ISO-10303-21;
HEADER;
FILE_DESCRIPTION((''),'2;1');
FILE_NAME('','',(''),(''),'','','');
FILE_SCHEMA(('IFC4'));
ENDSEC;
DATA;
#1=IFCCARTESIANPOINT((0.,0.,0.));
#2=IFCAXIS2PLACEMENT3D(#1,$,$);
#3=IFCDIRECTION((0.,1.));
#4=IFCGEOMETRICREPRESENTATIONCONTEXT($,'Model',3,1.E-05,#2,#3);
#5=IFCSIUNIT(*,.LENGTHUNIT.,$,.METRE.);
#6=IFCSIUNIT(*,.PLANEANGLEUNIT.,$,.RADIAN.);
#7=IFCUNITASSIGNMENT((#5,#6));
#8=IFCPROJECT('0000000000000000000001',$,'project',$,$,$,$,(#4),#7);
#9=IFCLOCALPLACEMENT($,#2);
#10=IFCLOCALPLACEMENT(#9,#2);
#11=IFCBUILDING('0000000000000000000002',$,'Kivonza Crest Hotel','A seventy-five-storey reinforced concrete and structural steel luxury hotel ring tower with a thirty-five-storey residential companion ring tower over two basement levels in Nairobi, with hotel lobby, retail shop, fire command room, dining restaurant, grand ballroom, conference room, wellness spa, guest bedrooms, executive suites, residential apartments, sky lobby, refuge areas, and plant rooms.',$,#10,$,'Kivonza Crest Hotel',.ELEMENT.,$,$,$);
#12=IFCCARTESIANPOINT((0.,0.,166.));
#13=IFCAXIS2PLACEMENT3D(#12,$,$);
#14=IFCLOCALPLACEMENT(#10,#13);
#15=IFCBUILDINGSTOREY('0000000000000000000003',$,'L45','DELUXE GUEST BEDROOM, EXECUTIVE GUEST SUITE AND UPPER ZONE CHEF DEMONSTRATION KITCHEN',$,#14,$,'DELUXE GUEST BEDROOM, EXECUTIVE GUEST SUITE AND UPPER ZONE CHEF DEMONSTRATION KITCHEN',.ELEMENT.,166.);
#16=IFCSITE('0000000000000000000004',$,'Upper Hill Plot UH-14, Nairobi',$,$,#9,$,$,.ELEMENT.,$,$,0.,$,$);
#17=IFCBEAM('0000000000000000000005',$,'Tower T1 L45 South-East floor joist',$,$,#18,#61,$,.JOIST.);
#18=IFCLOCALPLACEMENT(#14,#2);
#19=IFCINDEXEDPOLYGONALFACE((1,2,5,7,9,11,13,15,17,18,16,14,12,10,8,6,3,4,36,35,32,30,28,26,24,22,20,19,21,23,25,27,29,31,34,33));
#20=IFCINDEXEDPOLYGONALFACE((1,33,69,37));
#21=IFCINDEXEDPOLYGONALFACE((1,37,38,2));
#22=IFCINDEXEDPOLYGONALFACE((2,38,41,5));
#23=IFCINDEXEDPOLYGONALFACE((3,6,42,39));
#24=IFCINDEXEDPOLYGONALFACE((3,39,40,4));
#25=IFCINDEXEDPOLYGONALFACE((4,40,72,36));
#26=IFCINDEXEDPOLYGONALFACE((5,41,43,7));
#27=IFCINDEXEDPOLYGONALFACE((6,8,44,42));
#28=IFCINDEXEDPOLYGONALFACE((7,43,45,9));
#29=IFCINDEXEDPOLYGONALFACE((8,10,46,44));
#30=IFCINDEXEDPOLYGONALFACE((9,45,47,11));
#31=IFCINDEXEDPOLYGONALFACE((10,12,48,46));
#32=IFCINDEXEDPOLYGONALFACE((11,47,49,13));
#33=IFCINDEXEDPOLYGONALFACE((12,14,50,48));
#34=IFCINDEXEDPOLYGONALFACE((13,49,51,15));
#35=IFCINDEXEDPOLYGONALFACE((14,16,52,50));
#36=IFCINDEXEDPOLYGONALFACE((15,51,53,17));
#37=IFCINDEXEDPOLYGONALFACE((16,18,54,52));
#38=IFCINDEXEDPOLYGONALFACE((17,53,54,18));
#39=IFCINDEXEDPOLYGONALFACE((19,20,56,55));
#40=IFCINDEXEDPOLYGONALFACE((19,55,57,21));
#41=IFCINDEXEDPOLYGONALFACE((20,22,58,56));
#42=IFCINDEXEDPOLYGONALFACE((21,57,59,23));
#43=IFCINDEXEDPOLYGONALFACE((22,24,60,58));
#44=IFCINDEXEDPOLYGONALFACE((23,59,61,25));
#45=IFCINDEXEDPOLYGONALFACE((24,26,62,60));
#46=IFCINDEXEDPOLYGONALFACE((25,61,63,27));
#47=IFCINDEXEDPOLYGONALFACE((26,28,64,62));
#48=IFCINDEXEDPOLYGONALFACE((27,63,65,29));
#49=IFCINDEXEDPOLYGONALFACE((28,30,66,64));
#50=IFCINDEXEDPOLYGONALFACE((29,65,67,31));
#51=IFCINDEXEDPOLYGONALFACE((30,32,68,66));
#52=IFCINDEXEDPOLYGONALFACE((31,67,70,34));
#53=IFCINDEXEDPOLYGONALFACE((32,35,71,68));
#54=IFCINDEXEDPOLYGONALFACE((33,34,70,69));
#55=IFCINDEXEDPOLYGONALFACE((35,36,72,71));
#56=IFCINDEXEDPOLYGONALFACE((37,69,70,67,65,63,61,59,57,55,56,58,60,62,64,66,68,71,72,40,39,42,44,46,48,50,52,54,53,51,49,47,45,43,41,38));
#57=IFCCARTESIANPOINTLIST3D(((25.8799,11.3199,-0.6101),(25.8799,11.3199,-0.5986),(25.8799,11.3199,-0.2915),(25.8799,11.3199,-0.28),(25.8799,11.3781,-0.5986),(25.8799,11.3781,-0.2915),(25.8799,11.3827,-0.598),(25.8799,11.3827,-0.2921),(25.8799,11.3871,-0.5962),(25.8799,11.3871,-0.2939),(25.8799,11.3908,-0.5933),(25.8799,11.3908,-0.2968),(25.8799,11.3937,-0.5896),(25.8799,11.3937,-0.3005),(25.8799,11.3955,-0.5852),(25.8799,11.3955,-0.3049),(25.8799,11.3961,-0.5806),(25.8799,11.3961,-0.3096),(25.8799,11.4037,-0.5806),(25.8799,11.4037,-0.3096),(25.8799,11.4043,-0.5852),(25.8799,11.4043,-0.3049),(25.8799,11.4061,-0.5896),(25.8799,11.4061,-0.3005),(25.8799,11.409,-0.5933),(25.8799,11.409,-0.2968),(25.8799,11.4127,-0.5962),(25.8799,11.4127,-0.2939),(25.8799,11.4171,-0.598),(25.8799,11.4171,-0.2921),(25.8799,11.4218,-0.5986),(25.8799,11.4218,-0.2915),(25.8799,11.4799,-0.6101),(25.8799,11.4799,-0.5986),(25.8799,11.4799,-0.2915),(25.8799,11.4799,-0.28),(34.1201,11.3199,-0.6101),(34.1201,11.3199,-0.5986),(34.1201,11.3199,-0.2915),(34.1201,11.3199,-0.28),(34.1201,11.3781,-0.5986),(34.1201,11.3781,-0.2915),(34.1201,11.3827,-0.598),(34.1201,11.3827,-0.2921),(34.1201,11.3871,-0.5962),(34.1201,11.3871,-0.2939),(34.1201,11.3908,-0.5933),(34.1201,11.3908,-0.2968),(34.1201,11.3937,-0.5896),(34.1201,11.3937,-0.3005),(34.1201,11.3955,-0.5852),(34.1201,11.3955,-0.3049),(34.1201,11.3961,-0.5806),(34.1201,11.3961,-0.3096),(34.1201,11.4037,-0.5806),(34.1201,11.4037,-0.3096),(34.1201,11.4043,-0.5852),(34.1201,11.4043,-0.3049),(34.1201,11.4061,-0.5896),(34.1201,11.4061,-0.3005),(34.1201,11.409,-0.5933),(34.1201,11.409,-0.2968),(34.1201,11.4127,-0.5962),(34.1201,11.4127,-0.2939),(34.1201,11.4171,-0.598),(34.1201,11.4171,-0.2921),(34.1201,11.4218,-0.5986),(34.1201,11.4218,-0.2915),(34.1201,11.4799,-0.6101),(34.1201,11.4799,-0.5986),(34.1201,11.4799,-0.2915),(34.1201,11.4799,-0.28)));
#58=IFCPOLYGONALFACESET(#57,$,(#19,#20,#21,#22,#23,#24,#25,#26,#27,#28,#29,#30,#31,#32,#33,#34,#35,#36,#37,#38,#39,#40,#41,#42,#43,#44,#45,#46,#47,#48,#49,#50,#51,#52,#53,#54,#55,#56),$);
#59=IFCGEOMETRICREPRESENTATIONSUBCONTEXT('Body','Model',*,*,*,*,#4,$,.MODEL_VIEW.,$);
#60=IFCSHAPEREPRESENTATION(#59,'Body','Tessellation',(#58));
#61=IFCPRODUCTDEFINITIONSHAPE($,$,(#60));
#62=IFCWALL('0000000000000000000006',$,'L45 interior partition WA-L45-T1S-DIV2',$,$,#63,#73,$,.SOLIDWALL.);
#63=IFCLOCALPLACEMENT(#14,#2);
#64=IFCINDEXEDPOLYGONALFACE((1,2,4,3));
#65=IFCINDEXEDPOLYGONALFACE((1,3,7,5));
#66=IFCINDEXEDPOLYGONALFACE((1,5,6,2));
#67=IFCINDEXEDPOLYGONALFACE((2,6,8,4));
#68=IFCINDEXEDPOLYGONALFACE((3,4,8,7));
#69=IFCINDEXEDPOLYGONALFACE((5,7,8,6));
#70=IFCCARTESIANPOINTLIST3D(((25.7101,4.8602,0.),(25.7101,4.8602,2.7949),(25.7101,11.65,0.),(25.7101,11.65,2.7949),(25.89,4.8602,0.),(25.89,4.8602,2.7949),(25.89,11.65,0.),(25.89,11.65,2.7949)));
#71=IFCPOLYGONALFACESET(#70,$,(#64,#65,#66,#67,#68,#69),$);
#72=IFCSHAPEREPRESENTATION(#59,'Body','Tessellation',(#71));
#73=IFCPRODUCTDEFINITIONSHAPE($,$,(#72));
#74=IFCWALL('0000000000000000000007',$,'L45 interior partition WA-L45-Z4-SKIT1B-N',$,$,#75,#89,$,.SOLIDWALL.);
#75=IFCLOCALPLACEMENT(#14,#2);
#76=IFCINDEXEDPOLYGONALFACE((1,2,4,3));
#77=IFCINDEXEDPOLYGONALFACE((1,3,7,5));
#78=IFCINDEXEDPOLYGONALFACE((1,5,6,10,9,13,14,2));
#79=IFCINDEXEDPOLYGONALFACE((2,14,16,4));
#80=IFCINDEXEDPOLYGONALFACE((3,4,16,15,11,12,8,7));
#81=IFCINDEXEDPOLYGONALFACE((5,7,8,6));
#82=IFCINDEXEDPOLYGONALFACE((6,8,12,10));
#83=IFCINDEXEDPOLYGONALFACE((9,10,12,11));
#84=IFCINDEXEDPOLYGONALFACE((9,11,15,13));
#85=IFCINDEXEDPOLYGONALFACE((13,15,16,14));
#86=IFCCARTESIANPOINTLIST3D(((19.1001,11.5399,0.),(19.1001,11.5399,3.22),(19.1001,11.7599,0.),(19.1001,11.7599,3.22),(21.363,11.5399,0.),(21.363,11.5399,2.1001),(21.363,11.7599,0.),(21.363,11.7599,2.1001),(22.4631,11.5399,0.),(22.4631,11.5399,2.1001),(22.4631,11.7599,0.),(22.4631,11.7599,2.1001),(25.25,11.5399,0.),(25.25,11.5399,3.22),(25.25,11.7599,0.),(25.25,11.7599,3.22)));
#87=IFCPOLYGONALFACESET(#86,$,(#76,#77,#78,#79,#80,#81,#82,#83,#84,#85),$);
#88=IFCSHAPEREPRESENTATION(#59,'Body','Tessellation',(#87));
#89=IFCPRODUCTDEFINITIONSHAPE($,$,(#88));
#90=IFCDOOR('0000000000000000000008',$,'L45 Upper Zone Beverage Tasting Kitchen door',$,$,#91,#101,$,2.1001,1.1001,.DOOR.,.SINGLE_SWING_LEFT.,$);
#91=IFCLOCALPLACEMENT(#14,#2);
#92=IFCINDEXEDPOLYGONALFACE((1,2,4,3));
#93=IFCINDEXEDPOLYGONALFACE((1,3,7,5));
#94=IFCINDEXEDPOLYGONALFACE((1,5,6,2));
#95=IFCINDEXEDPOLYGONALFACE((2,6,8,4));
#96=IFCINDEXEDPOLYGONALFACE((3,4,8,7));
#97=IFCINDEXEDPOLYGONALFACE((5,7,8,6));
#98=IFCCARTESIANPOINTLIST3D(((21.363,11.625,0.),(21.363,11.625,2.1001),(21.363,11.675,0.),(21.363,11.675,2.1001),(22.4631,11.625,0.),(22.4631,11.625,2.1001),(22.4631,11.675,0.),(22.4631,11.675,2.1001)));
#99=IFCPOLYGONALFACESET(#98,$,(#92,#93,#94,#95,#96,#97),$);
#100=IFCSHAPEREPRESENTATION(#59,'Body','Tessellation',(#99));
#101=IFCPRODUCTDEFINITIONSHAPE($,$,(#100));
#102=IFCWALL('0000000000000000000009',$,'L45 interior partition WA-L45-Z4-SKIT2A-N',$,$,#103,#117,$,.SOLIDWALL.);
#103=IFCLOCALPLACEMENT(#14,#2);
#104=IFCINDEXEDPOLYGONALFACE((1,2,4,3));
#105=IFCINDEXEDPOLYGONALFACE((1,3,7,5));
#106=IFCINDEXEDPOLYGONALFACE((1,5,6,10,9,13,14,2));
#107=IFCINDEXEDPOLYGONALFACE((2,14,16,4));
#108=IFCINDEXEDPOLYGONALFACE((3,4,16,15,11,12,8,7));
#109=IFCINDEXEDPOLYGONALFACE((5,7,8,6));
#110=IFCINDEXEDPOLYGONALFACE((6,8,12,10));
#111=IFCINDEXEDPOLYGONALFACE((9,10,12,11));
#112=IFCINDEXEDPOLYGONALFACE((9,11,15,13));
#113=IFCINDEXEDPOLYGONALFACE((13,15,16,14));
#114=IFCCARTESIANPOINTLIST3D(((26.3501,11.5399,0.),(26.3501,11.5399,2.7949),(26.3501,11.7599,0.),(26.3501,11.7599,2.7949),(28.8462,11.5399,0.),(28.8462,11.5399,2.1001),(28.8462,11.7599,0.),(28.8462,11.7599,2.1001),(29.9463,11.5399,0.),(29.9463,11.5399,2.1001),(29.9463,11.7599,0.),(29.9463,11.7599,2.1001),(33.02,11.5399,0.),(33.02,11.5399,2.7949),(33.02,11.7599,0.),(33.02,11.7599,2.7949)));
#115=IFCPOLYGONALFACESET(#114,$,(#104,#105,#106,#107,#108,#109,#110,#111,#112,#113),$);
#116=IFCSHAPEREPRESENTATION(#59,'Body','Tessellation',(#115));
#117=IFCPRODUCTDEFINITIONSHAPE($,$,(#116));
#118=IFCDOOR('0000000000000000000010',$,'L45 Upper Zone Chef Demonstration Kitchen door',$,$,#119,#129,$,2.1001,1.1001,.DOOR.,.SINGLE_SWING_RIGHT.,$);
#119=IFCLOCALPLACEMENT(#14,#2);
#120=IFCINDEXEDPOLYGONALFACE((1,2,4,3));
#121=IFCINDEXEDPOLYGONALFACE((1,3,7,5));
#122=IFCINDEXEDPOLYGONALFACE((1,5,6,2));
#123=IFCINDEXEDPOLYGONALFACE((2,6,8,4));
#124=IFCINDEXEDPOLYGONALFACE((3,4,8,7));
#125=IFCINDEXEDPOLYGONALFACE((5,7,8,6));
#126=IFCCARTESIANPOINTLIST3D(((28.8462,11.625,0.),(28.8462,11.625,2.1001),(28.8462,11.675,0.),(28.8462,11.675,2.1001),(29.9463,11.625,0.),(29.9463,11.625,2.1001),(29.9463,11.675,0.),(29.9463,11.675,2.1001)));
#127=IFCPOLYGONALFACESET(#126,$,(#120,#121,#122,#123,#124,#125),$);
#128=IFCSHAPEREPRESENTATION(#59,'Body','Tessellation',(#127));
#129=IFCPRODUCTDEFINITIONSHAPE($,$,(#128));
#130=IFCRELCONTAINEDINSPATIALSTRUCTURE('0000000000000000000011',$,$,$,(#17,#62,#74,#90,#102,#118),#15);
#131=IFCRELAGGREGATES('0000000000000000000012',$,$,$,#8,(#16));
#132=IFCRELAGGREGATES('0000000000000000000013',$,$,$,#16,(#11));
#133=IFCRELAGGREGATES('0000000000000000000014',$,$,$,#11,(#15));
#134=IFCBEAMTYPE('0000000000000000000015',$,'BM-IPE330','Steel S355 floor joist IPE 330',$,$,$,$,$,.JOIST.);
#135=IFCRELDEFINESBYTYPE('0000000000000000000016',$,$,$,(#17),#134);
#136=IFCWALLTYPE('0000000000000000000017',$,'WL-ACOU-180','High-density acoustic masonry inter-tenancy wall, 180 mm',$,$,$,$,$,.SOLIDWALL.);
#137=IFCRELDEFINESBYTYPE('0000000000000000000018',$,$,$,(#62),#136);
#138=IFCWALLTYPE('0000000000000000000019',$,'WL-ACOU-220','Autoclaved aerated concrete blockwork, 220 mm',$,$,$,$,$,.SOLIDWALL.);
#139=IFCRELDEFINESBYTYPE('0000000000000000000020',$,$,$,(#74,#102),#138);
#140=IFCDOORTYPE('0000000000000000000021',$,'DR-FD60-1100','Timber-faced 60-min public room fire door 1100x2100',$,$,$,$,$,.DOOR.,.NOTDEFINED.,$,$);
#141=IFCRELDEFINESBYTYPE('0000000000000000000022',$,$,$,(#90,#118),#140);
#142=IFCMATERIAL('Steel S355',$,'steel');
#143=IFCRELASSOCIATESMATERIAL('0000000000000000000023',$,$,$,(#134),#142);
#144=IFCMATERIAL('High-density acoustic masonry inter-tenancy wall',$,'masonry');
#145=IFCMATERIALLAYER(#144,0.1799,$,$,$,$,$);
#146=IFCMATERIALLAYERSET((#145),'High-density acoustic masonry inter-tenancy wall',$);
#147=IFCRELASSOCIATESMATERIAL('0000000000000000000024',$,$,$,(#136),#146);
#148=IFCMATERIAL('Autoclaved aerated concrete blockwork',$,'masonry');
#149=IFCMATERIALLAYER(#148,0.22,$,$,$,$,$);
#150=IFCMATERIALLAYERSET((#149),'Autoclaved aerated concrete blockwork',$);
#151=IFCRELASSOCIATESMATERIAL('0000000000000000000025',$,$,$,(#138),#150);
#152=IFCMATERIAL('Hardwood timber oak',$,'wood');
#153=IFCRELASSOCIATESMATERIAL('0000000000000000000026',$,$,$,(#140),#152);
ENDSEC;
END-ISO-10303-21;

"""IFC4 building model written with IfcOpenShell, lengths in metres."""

from ifc_helpers import new_model, si_unit, direction, frame, frame_2d, origin, origin_2d, place, context, subcontext, project, spatial, rectangle, i_section, extrude, material, layer, layer_set, material_profile, profile_set, type_object, element, fill, save


model = new_model("IFC4")

# Units and contexts
model_context = context("Model", 3, precision=1e-05, world=origin(), true_north=direction((0.0, 1.0)))
body_context = subcontext(model_context, "Body", "Model", "MODEL_VIEW")
ifc_project = project(units=[si_unit("LENGTHUNIT", "METRE"), si_unit("PLANEANGLEUNIT", "RADIAN")], contexts=[model_context])

# Site, building, storey
site_placement = place(None, origin())
site = spatial("IfcSite", under=ifc_project, at=site_placement, Name="Upper Hill Plot UH-14, Nairobi", CompositionType="ELEMENT", RefElevation=0.0)
building_placement = place(site_placement, origin())
building = spatial("IfcBuilding", under=site, at=building_placement, Name="Kivonza Crest Hotel", Description="A seventy-five-storey reinforced concrete and structural steel luxury hotel ring tower with a thirty-five-storey residential companion ring tower over two basement levels in Nairobi, with hotel lobby, retail shop, fire command room, dining restaurant, grand ballroom, conference room, wellness spa, guest bedrooms, executive suites, residential apartments, sky lobby, refuge areas, and plant rooms.", LongName="Kivonza Crest Hotel", CompositionType="ELEMENT")
storey_placement = place(building_placement, frame((0.0, 0.0, 166.0)))
storey = spatial("IfcBuildingStorey", under=building, at=storey_placement, Name="L45", Description="DELUXE GUEST BEDROOM, EXECUTIVE GUEST SUITE AND UPPER ZONE CHEF DEMONSTRATION KITCHEN", LongName="DELUXE GUEST BEDROOM, EXECUTIVE GUEST SUITE AND UPPER ZONE CHEF DEMONSTRATION KITCHEN", CompositionType="ELEMENT", Elevation=166.0)

# Beam
ifc_material_1 = material(Name="Steel S355", Category="steel")
ifc_material_profile_1 = material_profile(ifc_material_1, i_section(OverallWidth=0.1599, OverallDepth=0.3301, WebThickness=0.0076, FlangeThickness=0.0115, FilletRadius=0.0181, at=origin_2d()), Name="IPE 330")
ifc_profile_set_1 = profile_set([ifc_material_profile_1], Name="Steel S355")
beam_type_1 = type_object("IfcBeamType", Name="BM-IPE330", Description="Steel S355 floor joist IPE 330", PredefinedType="JOIST", material=ifc_profile_set_1)
beam_1_placement = place(storey_placement, frame((25.8799, 11.3999, -0.4451), z_axis=(1.0, 0.0, 0.0), x_axis=(0.0, 1.0, 0.0)))
element("IfcBeam", 1, at=beam_1_placement, inside=storey, type_object=beam_type_1, Name="Tower T1 L45 South-East floor joist", PredefinedType="JOIST", context=body_context, shape_type="SweptSolid", body=[
    extrude(i_section(OverallWidth=0.1599, OverallDepth=0.3301, WebThickness=0.0076, FlangeThickness=0.0115, FilletRadius=0.0181, at=origin_2d()), origin(), (0.0, 0.0, 1.0), 8.2402),
])

# Wall
ifc_material_2 = material(Name="High-density acoustic masonry inter-tenancy wall", Category="masonry")
ifc_layer_1 = layer(ifc_material_2, 0.1799)
ifc_layer_set_1 = layer_set([ifc_layer_1], Name="High-density acoustic masonry inter-tenancy wall")
wall_type_1 = type_object("IfcWallType", Name="WL-ACOU-180", Description="High-density acoustic masonry inter-tenancy wall, 180 mm", PredefinedType="SOLIDWALL", material=ifc_layer_set_1)
wall_1_placement = place(storey_placement, frame((25.8, 4.8601, 0.0), z_axis=(0.0, 0.0, 1.0), x_axis=(0.0, 1.0, 0.0)))
element("IfcWall", 2, at=wall_1_placement, inside=storey, type_object=wall_type_1, Name="L45 interior partition WA-L45-T1S-DIV2", PredefinedType="SOLIDWALL", context=body_context, shape_type="SweptSolid", body=[
    extrude(rectangle(XDim=6.7898, YDim=0.1799, at=frame_2d((3.395, 0.0))), origin(), (0.0, 0.0, 1.0), 2.7949),
])

# Walls, openings, doors
ifc_material_3 = material(Name="Autoclaved aerated concrete blockwork", Category="masonry")
ifc_layer_2 = layer(ifc_material_3, 0.22)
ifc_layer_set_2 = layer_set([ifc_layer_2], Name="Autoclaved aerated concrete blockwork")
wall_type_2 = type_object("IfcWallType", Name="WL-ACOU-220", Description="Autoclaved aerated concrete blockwork, 220 mm", PredefinedType="SOLIDWALL", material=ifc_layer_set_2)
wall_2_placement = place(storey_placement, frame((19.1001, 11.6499, 0.0), z_axis=(0.0, 0.0, 1.0), x_axis=(1.0, 0.0, 0.0)))
wall_2 = element("IfcWall", 3, at=wall_2_placement, inside=storey, type_object=wall_type_2, Name="L45 interior partition WA-L45-Z4-SKIT1B-N", PredefinedType="SOLIDWALL", context=body_context, shape_type="SweptSolid", body=[
    extrude(rectangle(XDim=6.1499, YDim=0.22, at=frame_2d((3.075, 0.0))), origin(), (0.0, 0.0, 1.0), 3.22),
])
opening_1_placement = place(wall_2_placement, frame((2.2629, 0.0, 0.0)))
opening_1 = element("IfcOpeningElement", 4, at=opening_1_placement, cuts=wall_2, PredefinedType="OPENING", context=body_context, shape_type="SweptSolid", body=[
    extrude(rectangle(XDim=1.1001, YDim=2.1001, at=frame_2d((0.55, 1.05))), frame((0.0, 0.1201, 0.0), z_axis=(0.0, -1.0, 0.0), x_axis=(1.0, 0.0, 0.0)), (0.0, 0.0, 1.0), 0.24),
])
ifc_material_4 = material(Name="Hardwood timber oak", Category="wood")
door_type_1 = type_object("IfcDoorType", Name="DR-FD60-1100", Description="Timber-faced 60-min public room fire door 1100x2100", OperationType="NOTDEFINED", PredefinedType="DOOR", material=ifc_material_4)
door_1_placement = place(opening_1_placement, frame((1.1001, 0.0, 0.0), z_axis=(0.0, 0.0, 1.0), x_axis=(-1.0, 0.0, 0.0)))
door_1 = element("IfcDoor", 5, at=door_1_placement, inside=storey, type_object=door_type_1, Name="L45 Upper Zone Beverage Tasting Kitchen door", OperationType="SINGLE_SWING_LEFT", OverallHeight=2.1001, OverallWidth=1.1001, PredefinedType="DOOR", context=body_context, shape_type="SweptSolid", body=[
    extrude(rectangle(XDim=1.1001, YDim=2.1001, at=frame_2d((0.55, 1.05))), frame((0.0, 0.0249, 0.0), z_axis=(0.0, -1.0, 0.0), x_axis=(1.0, 0.0, 0.0)), (0.0, 0.0, 1.0), 0.05),
])
fill(opening_1, door_1)
wall_3_placement = place(storey_placement, frame((26.3501, 11.6499, 0.0), z_axis=(0.0, 0.0, 1.0), x_axis=(1.0, 0.0, 0.0)))
wall_3 = element("IfcWall", 6, at=wall_3_placement, inside=storey, type_object=wall_type_2, Name="L45 interior partition WA-L45-Z4-SKIT2A-N", PredefinedType="SOLIDWALL", context=body_context, shape_type="SweptSolid", body=[
    extrude(rectangle(XDim=6.6699, YDim=0.22, at=frame_2d((3.335, 0.0))), origin(), (0.0, 0.0, 1.0), 2.7949),
])
opening_2_placement = place(wall_3_placement, frame((2.4961, 0.0, 0.0)))
opening_2 = element("IfcOpeningElement", 7, at=opening_2_placement, cuts=wall_3, PredefinedType="OPENING", context=body_context, shape_type="SweptSolid", body=[
    extrude(rectangle(XDim=1.1001, YDim=2.1001, at=frame_2d((0.55, 1.05))), frame((0.0, 0.1201, 0.0), z_axis=(0.0, -1.0, 0.0), x_axis=(1.0, 0.0, 0.0)), (0.0, 0.0, 1.0), 0.24),
])
door_2_placement = place(opening_2_placement, frame((1.1001, 0.0, 0.0), z_axis=(0.0, 0.0, 1.0), x_axis=(-1.0, 0.0, 0.0)))
door_2 = element("IfcDoor", 8, at=door_2_placement, inside=storey, type_object=door_type_1, Name="L45 Upper Zone Chef Demonstration Kitchen door", OperationType="SINGLE_SWING_RIGHT", OverallHeight=2.1001, OverallWidth=1.1001, PredefinedType="DOOR", context=body_context, shape_type="SweptSolid", body=[
    extrude(rectangle(XDim=1.1001, YDim=2.1001, at=frame_2d((0.55, 1.05))), frame((0.0, 0.0249, 0.0), z_axis=(0.0, -1.0, 0.0), x_axis=(1.0, 0.0, 0.0)), (0.0, 0.0, 1.0), 0.05),
])
fill(opening_2, door_2)

save(model, "model.ifc")
